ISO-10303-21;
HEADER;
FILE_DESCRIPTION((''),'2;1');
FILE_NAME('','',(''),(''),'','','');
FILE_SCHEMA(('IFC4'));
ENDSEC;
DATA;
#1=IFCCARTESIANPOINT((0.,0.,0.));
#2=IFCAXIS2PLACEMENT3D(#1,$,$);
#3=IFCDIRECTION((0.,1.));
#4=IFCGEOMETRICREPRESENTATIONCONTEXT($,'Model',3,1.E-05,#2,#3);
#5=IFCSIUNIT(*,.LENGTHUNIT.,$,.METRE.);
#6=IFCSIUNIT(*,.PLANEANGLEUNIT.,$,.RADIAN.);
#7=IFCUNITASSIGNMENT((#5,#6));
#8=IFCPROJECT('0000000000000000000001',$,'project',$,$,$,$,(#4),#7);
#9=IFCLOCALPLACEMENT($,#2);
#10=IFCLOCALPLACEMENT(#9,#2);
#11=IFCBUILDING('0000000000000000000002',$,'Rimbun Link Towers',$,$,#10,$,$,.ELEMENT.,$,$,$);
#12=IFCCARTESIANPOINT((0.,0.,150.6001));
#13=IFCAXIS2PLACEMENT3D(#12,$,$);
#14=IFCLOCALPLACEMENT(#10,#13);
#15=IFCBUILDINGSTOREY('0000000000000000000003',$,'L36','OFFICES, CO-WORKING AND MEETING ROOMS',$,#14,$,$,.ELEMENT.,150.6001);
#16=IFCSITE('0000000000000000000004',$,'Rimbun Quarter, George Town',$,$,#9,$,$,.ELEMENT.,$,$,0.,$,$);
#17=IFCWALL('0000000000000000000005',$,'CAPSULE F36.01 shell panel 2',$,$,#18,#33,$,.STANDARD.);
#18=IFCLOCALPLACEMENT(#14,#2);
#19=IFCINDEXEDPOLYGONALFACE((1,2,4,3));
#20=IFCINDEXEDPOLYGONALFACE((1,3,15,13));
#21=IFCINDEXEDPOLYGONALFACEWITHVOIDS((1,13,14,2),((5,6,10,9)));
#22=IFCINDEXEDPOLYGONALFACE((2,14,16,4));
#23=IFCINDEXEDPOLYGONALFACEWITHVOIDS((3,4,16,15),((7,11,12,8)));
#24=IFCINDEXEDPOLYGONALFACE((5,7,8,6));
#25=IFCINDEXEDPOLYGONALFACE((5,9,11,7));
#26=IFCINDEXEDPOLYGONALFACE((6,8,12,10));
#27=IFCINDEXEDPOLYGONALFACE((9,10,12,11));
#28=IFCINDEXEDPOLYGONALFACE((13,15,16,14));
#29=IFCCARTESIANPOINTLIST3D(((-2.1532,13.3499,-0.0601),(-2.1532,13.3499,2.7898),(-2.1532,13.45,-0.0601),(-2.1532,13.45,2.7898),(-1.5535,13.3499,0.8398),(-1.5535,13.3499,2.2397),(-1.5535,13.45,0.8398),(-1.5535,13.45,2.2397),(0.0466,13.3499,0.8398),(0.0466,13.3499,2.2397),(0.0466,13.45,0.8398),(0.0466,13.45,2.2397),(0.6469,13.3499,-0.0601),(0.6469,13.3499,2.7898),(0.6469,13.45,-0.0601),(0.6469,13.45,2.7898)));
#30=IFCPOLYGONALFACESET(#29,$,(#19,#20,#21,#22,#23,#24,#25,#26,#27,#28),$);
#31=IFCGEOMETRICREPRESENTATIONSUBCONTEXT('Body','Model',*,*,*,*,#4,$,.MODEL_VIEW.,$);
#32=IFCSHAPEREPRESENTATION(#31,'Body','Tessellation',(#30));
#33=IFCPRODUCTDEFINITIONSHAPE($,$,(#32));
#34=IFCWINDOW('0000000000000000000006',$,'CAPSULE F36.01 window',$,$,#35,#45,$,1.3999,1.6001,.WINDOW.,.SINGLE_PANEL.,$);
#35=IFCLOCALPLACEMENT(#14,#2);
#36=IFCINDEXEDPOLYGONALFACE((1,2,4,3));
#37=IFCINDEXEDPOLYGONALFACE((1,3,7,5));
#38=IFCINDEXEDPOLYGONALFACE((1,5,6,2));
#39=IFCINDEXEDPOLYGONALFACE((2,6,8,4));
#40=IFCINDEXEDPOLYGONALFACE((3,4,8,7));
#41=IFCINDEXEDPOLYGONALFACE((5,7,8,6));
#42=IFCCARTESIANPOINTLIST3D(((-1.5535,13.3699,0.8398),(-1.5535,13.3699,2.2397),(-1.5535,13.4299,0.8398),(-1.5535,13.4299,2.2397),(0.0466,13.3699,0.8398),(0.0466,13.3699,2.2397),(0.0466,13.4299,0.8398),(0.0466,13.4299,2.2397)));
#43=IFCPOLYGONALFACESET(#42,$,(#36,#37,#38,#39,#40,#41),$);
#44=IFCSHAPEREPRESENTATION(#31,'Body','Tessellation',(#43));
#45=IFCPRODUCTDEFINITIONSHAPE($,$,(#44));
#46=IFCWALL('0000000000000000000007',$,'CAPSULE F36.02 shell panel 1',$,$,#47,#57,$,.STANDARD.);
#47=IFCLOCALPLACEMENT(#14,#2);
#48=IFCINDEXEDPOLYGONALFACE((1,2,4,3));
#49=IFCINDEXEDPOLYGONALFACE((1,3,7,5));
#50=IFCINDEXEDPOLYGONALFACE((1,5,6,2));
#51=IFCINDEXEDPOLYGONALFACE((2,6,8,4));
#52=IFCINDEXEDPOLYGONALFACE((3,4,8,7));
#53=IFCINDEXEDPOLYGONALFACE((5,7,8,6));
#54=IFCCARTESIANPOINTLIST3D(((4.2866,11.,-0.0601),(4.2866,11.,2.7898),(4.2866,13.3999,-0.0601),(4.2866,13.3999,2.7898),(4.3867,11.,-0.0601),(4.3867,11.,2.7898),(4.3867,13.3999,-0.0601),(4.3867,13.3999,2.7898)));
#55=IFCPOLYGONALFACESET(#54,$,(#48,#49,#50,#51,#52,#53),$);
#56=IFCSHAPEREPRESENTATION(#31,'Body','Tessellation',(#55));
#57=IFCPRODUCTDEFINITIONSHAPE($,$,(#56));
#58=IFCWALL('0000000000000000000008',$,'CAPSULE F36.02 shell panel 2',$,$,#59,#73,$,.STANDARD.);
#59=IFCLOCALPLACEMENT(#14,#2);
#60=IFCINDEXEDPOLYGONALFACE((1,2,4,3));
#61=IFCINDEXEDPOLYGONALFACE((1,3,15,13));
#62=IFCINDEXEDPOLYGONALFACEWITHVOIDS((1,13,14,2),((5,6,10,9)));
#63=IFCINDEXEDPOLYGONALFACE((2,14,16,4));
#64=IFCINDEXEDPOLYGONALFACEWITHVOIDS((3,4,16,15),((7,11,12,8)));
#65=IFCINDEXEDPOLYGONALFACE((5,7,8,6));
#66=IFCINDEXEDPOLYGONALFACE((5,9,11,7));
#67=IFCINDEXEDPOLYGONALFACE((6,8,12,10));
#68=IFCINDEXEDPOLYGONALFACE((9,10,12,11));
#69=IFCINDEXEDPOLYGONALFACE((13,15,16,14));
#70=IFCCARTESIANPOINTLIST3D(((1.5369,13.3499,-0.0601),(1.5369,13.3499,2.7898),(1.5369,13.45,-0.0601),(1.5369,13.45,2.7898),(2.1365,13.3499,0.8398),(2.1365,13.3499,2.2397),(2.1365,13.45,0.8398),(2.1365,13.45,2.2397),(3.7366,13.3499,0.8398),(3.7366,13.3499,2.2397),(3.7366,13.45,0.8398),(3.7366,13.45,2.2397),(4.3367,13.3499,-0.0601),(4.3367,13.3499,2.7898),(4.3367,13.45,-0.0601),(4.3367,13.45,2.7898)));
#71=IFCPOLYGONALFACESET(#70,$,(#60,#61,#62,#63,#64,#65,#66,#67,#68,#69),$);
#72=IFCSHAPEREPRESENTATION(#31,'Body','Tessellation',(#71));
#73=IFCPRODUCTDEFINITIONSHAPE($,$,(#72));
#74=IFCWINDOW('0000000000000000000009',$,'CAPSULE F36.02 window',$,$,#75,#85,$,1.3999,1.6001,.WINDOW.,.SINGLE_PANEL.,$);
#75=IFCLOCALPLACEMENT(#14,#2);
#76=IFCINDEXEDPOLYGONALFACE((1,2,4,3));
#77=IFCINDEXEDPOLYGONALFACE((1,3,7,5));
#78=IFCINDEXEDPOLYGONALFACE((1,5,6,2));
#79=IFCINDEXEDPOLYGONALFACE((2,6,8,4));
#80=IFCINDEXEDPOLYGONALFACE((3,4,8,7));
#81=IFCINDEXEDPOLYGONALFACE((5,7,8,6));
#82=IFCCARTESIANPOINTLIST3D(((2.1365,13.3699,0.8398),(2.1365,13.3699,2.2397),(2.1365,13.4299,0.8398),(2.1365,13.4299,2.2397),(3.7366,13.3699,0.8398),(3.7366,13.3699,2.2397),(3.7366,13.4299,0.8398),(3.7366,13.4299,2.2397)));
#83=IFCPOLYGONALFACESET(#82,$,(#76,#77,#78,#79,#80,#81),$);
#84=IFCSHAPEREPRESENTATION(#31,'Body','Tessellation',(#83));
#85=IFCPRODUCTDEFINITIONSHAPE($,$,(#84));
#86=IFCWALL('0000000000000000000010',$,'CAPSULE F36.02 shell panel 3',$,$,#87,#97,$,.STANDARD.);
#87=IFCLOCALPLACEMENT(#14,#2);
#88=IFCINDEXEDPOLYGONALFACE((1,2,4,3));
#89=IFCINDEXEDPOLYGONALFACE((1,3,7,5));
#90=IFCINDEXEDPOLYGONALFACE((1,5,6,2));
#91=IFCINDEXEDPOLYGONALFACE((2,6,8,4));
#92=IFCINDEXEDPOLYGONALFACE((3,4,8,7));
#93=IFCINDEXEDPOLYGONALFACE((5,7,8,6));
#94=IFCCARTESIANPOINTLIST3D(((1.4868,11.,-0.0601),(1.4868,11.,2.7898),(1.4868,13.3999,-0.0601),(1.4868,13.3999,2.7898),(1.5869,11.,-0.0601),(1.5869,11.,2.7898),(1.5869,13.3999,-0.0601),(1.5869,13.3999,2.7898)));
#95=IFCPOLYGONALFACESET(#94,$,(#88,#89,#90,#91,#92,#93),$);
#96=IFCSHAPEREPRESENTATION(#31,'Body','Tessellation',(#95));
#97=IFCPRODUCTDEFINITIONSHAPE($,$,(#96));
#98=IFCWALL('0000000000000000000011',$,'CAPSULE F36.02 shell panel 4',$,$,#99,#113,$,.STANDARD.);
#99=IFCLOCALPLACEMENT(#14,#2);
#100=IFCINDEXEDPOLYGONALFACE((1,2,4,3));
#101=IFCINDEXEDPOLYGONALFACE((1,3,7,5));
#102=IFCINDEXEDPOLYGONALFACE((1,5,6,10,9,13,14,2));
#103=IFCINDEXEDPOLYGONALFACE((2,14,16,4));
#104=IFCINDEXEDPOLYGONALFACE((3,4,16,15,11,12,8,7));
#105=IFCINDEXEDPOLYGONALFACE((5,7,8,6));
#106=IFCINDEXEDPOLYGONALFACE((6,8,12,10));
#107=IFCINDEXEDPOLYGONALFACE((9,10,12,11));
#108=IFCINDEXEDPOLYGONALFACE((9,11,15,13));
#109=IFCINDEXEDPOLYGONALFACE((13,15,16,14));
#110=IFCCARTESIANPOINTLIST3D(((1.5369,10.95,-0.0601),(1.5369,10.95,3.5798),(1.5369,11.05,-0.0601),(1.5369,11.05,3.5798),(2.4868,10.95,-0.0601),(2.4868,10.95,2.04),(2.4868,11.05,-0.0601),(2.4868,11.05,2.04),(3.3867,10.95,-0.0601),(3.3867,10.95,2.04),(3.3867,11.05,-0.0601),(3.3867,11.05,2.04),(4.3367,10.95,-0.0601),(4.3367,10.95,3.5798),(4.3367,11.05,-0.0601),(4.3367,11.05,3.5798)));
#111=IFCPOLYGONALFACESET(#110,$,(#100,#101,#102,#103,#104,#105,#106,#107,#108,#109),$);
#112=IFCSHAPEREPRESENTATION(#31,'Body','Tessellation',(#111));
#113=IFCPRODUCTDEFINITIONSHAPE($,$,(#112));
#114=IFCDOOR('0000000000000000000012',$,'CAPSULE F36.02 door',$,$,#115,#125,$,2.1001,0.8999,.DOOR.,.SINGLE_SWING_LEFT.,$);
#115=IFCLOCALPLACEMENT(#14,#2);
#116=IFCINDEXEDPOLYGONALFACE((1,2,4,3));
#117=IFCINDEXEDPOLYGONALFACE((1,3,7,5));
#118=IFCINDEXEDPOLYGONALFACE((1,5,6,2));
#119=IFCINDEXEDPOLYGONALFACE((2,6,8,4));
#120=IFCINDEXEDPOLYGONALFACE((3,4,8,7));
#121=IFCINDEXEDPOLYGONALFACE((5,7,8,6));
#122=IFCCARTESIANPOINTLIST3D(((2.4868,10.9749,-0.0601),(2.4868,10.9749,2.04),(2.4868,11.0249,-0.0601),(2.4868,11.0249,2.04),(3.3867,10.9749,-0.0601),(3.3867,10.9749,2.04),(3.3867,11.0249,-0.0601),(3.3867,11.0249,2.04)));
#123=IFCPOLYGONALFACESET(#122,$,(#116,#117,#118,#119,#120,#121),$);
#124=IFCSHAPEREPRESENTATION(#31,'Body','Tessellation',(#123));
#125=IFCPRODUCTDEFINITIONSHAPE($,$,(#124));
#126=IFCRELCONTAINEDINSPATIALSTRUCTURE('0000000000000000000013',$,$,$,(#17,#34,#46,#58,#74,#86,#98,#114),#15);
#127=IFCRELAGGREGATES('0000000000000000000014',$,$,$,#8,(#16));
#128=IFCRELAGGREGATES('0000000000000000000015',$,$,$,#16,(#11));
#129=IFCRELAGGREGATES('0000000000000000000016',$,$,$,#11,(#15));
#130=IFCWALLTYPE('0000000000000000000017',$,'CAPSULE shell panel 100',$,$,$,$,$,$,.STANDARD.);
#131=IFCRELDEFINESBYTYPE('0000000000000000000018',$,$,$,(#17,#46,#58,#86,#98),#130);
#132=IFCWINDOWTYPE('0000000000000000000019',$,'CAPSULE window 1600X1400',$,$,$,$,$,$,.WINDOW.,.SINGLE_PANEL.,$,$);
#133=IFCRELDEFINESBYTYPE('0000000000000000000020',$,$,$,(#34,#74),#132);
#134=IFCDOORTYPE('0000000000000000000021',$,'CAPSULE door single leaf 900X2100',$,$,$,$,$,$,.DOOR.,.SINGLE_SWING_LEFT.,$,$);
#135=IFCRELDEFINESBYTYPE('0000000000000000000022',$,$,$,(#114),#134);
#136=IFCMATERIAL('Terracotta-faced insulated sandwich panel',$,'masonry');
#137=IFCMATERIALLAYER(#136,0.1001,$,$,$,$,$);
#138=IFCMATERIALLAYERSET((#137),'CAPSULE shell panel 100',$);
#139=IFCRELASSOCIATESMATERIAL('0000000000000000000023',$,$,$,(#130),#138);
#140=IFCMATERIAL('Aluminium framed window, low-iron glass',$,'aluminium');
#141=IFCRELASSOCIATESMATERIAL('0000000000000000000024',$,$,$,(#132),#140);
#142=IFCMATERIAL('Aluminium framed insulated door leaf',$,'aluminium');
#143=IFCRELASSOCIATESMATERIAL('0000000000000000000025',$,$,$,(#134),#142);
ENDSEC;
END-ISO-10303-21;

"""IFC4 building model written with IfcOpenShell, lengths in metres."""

from ifc_helpers import new_model, si_unit, direction, frame, frame_2d, origin, place, context, subcontext, project, spatial, rectangle, extrude, material, layer, layer_set, type_object, element, fill, save


model = new_model("IFC4")

# Units and contexts
model_context = context("Model", 3, precision=1e-05, world=origin(), true_north=direction((0.0, 1.0)))
body_context = subcontext(model_context, "Body", "Model", "MODEL_VIEW")
ifc_project = project(units=[si_unit("LENGTHUNIT", "METRE"), si_unit("PLANEANGLEUNIT", "RADIAN")], contexts=[model_context])

# Site, building, storey
site_placement = place(None, origin())
site = spatial("IfcSite", under=ifc_project, at=site_placement, Name="Rimbun Quarter, George Town", CompositionType="ELEMENT", RefElevation=0.0)
building_placement = place(site_placement, origin())
building = spatial("IfcBuilding", under=site, at=building_placement, Name="Rimbun Link Towers", CompositionType="ELEMENT")
storey_placement = place(building_placement, frame((0.0, 0.0, 150.6001)))
storey = spatial("IfcBuildingStorey", under=building, at=storey_placement, Name="L36", Description="OFFICES, CO-WORKING AND MEETING ROOMS", CompositionType="ELEMENT", Elevation=150.6001)

# Shared definitions
ifc_material_1 = material(Name="Terracotta-faced insulated sandwich panel", Category="masonry")
ifc_layer_1 = layer(ifc_material_1, 0.1001)
ifc_layer_set_1 = layer_set([ifc_layer_1], Name="CAPSULE shell panel 100")
wall_type = type_object("IfcWallType", Name="CAPSULE shell panel 100", PredefinedType="STANDARD", material=ifc_layer_set_1)

# Wall, opening, window
wall_1_placement = place(storey_placement, frame((0.6467, 13.3999, -0.0601), z_axis=(0.0, 0.0, 1.0), x_axis=(-1.0, 0.0, 0.0)))
wall_1 = element("IfcWall", 1, at=wall_1_placement, inside=storey, type_object=wall_type, Name="CAPSULE F36.01 shell panel 2", PredefinedType="STANDARD", context=body_context, shape_type="SweptSolid", body=[
    extrude(rectangle(XDim=2.8, YDim=0.1001, at=frame_2d((1.3999, 0.0))), origin(), (0.0, 0.0, 1.0), 2.8499),
])
opening_1_placement = place(wall_1_placement, frame((0.6001, 0.0, 0.8999)))
opening_1 = element("IfcOpeningElement", 2, at=opening_1_placement, cuts=wall_1, PredefinedType="OPENING", context=body_context, shape_type="SweptSolid", body=[
    extrude(rectangle(XDim=1.6001, YDim=1.3999, at=frame_2d((0.8, 0.7))), frame((0.0, 0.0601, 0.0), z_axis=(0.0, -1.0, 0.0), x_axis=(1.0, 0.0, 0.0)), (0.0, 0.0, 1.0), 0.1201),
])
ifc_material_2 = material(Name="Aluminium framed window, low-iron glass", Category="aluminium")
window_type = type_object("IfcWindowType", Name="CAPSULE window 1600X1400", PartitioningType="SINGLE_PANEL", PredefinedType="WINDOW", material=ifc_material_2)
window_1_placement = place(opening_1_placement, origin())
window_1 = element("IfcWindow", 3, at=window_1_placement, inside=storey, type_object=window_type, Name="CAPSULE F36.01 window", OverallHeight=1.3999, OverallWidth=1.6001, PartitioningType="SINGLE_PANEL", PredefinedType="WINDOW", context=body_context, shape_type="SweptSolid", body=[
    extrude(rectangle(XDim=1.6001, YDim=1.3999, at=frame_2d((0.8, 0.7))), frame((0.0, 0.03, 0.0), z_axis=(0.0, -1.0, 0.0), x_axis=(1.0, 0.0, 0.0)), (0.0, 0.0, 1.0), 0.0601),
])
fill(opening_1, window_1)

# Wall
wall_2_placement = place(storey_placement, frame((4.3367, 11.0, -0.0601), z_axis=(0.0, 0.0, 1.0), x_axis=(0.0, 1.0, 0.0)))
element("IfcWall", 4, at=wall_2_placement, inside=storey, type_object=wall_type, Name="CAPSULE F36.02 shell panel 1", PredefinedType="STANDARD", context=body_context, shape_type="SweptSolid", body=[
    extrude(rectangle(XDim=2.3999, YDim=0.1001, at=frame_2d((1.2, 0.0))), origin(), (0.0, 0.0, 1.0), 2.8499),
])

# Wall, opening, window
wall_3_placement = place(storey_placement, frame((4.3367, 13.3999, -0.0601), z_axis=(0.0, 0.0, 1.0), x_axis=(-1.0, 0.0, 0.0)))
wall_3 = element("IfcWall", 5, at=wall_3_placement, inside=storey, type_object=wall_type, Name="CAPSULE F36.02 shell panel 2", PredefinedType="STANDARD", context=body_context, shape_type="SweptSolid", body=[
    extrude(rectangle(XDim=2.7998, YDim=0.1001, at=frame_2d((1.3999, 0.0))), origin(), (0.0, 0.0, 1.0), 2.8499),
])
opening_2_placement = place(wall_3_placement, frame((0.6001, 0.0, 0.8999)))
opening_2 = element("IfcOpeningElement", 6, at=opening_2_placement, cuts=wall_3, PredefinedType="OPENING", context=body_context, shape_type="SweptSolid", body=[
    extrude(rectangle(XDim=1.6001, YDim=1.3999, at=frame_2d((0.8, 0.7))), frame((0.0, 0.0601, 0.0), z_axis=(0.0, -1.0, 0.0), x_axis=(1.0, 0.0, 0.0)), (0.0, 0.0, 1.0), 0.1201),
])
window_2_placement = place(opening_2_placement, origin())
window_2 = element("IfcWindow", 7, at=window_2_placement, inside=storey, type_object=window_type, Name="CAPSULE F36.02 window", OverallHeight=1.3999, OverallWidth=1.6001, PartitioningType="SINGLE_PANEL", PredefinedType="WINDOW", context=body_context, shape_type="SweptSolid", body=[
    extrude(rectangle(XDim=1.6001, YDim=1.3999, at=frame_2d((0.8, 0.7))), frame((0.0, 0.03, 0.0), z_axis=(0.0, -1.0, 0.0), x_axis=(1.0, 0.0, 0.0)), (0.0, 0.0, 1.0), 0.0601),
])
fill(opening_2, window_2)

# Wall
wall_4_placement = place(storey_placement, frame((1.5369, 13.3999, -0.0601), z_axis=(0.0, 0.0, 1.0), x_axis=(0.0, -1.0, 0.0)))
element("IfcWall", 8, at=wall_4_placement, inside=storey, type_object=wall_type, Name="CAPSULE F36.02 shell panel 3", PredefinedType="STANDARD", context=body_context, shape_type="SweptSolid", body=[
    extrude(rectangle(XDim=2.3999, YDim=0.1001, at=frame_2d((1.2, 0.0))), origin(), (0.0, 0.0, 1.0), 2.8499),
])

# Wall, opening, door
wall_5_placement = place(storey_placement, frame((1.5369, 11.0, -0.0601), z_axis=(0.0, 0.0, 1.0), x_axis=(1.0, 0.0, 0.0)))
wall_5 = element("IfcWall", 9, at=wall_5_placement, inside=storey, type_object=wall_type, Name="CAPSULE F36.02 shell panel 4", PredefinedType="STANDARD", context=body_context, shape_type="SweptSolid", body=[
    extrude(rectangle(XDim=2.7998, YDim=0.1001, at=frame_2d((1.3999, 0.0))), origin(), (0.0, 0.0, 1.0), 3.6399),
])
opening_3_placement = place(wall_5_placement, frame((0.95, 0.0, 0.0)))
opening_3 = element("IfcOpeningElement", 10, at=opening_3_placement, cuts=wall_5, PredefinedType="OPENING", context=body_context, shape_type="SweptSolid", body=[
    extrude(rectangle(XDim=0.8999, YDim=2.1001, at=frame_2d((0.45, 1.05))), frame((0.0, 0.0601, 0.0), z_axis=(0.0, -1.0, 0.0), x_axis=(1.0, 0.0, 0.0)), (0.0, 0.0, 1.0), 0.1201),
])
ifc_material_3 = material(Name="Aluminium framed insulated door leaf", Category="aluminium")
door_type = type_object("IfcDoorType", Name="CAPSULE door single leaf 900X2100", OperationType="SINGLE_SWING_LEFT", PredefinedType="DOOR", material=ifc_material_3)
door_placement = place(opening_3_placement, origin())
door = element("IfcDoor", 11, at=door_placement, inside=storey, type_object=door_type, Name="CAPSULE F36.02 door", OperationType="SINGLE_SWING_LEFT", OverallHeight=2.1001, OverallWidth=0.8999, PredefinedType="DOOR", context=body_context, shape_type="SweptSolid", body=[
    extrude(rectangle(XDim=0.8999, YDim=2.1001, at=frame_2d((0.45, 1.05))), frame((0.0, 0.0249, 0.0), z_axis=(0.0, -1.0, 0.0), x_axis=(1.0, 0.0, 0.0)), (0.0, 0.0, 1.0), 0.05),
])
fill(opening_3, door)

save(model, "model.ifc")
